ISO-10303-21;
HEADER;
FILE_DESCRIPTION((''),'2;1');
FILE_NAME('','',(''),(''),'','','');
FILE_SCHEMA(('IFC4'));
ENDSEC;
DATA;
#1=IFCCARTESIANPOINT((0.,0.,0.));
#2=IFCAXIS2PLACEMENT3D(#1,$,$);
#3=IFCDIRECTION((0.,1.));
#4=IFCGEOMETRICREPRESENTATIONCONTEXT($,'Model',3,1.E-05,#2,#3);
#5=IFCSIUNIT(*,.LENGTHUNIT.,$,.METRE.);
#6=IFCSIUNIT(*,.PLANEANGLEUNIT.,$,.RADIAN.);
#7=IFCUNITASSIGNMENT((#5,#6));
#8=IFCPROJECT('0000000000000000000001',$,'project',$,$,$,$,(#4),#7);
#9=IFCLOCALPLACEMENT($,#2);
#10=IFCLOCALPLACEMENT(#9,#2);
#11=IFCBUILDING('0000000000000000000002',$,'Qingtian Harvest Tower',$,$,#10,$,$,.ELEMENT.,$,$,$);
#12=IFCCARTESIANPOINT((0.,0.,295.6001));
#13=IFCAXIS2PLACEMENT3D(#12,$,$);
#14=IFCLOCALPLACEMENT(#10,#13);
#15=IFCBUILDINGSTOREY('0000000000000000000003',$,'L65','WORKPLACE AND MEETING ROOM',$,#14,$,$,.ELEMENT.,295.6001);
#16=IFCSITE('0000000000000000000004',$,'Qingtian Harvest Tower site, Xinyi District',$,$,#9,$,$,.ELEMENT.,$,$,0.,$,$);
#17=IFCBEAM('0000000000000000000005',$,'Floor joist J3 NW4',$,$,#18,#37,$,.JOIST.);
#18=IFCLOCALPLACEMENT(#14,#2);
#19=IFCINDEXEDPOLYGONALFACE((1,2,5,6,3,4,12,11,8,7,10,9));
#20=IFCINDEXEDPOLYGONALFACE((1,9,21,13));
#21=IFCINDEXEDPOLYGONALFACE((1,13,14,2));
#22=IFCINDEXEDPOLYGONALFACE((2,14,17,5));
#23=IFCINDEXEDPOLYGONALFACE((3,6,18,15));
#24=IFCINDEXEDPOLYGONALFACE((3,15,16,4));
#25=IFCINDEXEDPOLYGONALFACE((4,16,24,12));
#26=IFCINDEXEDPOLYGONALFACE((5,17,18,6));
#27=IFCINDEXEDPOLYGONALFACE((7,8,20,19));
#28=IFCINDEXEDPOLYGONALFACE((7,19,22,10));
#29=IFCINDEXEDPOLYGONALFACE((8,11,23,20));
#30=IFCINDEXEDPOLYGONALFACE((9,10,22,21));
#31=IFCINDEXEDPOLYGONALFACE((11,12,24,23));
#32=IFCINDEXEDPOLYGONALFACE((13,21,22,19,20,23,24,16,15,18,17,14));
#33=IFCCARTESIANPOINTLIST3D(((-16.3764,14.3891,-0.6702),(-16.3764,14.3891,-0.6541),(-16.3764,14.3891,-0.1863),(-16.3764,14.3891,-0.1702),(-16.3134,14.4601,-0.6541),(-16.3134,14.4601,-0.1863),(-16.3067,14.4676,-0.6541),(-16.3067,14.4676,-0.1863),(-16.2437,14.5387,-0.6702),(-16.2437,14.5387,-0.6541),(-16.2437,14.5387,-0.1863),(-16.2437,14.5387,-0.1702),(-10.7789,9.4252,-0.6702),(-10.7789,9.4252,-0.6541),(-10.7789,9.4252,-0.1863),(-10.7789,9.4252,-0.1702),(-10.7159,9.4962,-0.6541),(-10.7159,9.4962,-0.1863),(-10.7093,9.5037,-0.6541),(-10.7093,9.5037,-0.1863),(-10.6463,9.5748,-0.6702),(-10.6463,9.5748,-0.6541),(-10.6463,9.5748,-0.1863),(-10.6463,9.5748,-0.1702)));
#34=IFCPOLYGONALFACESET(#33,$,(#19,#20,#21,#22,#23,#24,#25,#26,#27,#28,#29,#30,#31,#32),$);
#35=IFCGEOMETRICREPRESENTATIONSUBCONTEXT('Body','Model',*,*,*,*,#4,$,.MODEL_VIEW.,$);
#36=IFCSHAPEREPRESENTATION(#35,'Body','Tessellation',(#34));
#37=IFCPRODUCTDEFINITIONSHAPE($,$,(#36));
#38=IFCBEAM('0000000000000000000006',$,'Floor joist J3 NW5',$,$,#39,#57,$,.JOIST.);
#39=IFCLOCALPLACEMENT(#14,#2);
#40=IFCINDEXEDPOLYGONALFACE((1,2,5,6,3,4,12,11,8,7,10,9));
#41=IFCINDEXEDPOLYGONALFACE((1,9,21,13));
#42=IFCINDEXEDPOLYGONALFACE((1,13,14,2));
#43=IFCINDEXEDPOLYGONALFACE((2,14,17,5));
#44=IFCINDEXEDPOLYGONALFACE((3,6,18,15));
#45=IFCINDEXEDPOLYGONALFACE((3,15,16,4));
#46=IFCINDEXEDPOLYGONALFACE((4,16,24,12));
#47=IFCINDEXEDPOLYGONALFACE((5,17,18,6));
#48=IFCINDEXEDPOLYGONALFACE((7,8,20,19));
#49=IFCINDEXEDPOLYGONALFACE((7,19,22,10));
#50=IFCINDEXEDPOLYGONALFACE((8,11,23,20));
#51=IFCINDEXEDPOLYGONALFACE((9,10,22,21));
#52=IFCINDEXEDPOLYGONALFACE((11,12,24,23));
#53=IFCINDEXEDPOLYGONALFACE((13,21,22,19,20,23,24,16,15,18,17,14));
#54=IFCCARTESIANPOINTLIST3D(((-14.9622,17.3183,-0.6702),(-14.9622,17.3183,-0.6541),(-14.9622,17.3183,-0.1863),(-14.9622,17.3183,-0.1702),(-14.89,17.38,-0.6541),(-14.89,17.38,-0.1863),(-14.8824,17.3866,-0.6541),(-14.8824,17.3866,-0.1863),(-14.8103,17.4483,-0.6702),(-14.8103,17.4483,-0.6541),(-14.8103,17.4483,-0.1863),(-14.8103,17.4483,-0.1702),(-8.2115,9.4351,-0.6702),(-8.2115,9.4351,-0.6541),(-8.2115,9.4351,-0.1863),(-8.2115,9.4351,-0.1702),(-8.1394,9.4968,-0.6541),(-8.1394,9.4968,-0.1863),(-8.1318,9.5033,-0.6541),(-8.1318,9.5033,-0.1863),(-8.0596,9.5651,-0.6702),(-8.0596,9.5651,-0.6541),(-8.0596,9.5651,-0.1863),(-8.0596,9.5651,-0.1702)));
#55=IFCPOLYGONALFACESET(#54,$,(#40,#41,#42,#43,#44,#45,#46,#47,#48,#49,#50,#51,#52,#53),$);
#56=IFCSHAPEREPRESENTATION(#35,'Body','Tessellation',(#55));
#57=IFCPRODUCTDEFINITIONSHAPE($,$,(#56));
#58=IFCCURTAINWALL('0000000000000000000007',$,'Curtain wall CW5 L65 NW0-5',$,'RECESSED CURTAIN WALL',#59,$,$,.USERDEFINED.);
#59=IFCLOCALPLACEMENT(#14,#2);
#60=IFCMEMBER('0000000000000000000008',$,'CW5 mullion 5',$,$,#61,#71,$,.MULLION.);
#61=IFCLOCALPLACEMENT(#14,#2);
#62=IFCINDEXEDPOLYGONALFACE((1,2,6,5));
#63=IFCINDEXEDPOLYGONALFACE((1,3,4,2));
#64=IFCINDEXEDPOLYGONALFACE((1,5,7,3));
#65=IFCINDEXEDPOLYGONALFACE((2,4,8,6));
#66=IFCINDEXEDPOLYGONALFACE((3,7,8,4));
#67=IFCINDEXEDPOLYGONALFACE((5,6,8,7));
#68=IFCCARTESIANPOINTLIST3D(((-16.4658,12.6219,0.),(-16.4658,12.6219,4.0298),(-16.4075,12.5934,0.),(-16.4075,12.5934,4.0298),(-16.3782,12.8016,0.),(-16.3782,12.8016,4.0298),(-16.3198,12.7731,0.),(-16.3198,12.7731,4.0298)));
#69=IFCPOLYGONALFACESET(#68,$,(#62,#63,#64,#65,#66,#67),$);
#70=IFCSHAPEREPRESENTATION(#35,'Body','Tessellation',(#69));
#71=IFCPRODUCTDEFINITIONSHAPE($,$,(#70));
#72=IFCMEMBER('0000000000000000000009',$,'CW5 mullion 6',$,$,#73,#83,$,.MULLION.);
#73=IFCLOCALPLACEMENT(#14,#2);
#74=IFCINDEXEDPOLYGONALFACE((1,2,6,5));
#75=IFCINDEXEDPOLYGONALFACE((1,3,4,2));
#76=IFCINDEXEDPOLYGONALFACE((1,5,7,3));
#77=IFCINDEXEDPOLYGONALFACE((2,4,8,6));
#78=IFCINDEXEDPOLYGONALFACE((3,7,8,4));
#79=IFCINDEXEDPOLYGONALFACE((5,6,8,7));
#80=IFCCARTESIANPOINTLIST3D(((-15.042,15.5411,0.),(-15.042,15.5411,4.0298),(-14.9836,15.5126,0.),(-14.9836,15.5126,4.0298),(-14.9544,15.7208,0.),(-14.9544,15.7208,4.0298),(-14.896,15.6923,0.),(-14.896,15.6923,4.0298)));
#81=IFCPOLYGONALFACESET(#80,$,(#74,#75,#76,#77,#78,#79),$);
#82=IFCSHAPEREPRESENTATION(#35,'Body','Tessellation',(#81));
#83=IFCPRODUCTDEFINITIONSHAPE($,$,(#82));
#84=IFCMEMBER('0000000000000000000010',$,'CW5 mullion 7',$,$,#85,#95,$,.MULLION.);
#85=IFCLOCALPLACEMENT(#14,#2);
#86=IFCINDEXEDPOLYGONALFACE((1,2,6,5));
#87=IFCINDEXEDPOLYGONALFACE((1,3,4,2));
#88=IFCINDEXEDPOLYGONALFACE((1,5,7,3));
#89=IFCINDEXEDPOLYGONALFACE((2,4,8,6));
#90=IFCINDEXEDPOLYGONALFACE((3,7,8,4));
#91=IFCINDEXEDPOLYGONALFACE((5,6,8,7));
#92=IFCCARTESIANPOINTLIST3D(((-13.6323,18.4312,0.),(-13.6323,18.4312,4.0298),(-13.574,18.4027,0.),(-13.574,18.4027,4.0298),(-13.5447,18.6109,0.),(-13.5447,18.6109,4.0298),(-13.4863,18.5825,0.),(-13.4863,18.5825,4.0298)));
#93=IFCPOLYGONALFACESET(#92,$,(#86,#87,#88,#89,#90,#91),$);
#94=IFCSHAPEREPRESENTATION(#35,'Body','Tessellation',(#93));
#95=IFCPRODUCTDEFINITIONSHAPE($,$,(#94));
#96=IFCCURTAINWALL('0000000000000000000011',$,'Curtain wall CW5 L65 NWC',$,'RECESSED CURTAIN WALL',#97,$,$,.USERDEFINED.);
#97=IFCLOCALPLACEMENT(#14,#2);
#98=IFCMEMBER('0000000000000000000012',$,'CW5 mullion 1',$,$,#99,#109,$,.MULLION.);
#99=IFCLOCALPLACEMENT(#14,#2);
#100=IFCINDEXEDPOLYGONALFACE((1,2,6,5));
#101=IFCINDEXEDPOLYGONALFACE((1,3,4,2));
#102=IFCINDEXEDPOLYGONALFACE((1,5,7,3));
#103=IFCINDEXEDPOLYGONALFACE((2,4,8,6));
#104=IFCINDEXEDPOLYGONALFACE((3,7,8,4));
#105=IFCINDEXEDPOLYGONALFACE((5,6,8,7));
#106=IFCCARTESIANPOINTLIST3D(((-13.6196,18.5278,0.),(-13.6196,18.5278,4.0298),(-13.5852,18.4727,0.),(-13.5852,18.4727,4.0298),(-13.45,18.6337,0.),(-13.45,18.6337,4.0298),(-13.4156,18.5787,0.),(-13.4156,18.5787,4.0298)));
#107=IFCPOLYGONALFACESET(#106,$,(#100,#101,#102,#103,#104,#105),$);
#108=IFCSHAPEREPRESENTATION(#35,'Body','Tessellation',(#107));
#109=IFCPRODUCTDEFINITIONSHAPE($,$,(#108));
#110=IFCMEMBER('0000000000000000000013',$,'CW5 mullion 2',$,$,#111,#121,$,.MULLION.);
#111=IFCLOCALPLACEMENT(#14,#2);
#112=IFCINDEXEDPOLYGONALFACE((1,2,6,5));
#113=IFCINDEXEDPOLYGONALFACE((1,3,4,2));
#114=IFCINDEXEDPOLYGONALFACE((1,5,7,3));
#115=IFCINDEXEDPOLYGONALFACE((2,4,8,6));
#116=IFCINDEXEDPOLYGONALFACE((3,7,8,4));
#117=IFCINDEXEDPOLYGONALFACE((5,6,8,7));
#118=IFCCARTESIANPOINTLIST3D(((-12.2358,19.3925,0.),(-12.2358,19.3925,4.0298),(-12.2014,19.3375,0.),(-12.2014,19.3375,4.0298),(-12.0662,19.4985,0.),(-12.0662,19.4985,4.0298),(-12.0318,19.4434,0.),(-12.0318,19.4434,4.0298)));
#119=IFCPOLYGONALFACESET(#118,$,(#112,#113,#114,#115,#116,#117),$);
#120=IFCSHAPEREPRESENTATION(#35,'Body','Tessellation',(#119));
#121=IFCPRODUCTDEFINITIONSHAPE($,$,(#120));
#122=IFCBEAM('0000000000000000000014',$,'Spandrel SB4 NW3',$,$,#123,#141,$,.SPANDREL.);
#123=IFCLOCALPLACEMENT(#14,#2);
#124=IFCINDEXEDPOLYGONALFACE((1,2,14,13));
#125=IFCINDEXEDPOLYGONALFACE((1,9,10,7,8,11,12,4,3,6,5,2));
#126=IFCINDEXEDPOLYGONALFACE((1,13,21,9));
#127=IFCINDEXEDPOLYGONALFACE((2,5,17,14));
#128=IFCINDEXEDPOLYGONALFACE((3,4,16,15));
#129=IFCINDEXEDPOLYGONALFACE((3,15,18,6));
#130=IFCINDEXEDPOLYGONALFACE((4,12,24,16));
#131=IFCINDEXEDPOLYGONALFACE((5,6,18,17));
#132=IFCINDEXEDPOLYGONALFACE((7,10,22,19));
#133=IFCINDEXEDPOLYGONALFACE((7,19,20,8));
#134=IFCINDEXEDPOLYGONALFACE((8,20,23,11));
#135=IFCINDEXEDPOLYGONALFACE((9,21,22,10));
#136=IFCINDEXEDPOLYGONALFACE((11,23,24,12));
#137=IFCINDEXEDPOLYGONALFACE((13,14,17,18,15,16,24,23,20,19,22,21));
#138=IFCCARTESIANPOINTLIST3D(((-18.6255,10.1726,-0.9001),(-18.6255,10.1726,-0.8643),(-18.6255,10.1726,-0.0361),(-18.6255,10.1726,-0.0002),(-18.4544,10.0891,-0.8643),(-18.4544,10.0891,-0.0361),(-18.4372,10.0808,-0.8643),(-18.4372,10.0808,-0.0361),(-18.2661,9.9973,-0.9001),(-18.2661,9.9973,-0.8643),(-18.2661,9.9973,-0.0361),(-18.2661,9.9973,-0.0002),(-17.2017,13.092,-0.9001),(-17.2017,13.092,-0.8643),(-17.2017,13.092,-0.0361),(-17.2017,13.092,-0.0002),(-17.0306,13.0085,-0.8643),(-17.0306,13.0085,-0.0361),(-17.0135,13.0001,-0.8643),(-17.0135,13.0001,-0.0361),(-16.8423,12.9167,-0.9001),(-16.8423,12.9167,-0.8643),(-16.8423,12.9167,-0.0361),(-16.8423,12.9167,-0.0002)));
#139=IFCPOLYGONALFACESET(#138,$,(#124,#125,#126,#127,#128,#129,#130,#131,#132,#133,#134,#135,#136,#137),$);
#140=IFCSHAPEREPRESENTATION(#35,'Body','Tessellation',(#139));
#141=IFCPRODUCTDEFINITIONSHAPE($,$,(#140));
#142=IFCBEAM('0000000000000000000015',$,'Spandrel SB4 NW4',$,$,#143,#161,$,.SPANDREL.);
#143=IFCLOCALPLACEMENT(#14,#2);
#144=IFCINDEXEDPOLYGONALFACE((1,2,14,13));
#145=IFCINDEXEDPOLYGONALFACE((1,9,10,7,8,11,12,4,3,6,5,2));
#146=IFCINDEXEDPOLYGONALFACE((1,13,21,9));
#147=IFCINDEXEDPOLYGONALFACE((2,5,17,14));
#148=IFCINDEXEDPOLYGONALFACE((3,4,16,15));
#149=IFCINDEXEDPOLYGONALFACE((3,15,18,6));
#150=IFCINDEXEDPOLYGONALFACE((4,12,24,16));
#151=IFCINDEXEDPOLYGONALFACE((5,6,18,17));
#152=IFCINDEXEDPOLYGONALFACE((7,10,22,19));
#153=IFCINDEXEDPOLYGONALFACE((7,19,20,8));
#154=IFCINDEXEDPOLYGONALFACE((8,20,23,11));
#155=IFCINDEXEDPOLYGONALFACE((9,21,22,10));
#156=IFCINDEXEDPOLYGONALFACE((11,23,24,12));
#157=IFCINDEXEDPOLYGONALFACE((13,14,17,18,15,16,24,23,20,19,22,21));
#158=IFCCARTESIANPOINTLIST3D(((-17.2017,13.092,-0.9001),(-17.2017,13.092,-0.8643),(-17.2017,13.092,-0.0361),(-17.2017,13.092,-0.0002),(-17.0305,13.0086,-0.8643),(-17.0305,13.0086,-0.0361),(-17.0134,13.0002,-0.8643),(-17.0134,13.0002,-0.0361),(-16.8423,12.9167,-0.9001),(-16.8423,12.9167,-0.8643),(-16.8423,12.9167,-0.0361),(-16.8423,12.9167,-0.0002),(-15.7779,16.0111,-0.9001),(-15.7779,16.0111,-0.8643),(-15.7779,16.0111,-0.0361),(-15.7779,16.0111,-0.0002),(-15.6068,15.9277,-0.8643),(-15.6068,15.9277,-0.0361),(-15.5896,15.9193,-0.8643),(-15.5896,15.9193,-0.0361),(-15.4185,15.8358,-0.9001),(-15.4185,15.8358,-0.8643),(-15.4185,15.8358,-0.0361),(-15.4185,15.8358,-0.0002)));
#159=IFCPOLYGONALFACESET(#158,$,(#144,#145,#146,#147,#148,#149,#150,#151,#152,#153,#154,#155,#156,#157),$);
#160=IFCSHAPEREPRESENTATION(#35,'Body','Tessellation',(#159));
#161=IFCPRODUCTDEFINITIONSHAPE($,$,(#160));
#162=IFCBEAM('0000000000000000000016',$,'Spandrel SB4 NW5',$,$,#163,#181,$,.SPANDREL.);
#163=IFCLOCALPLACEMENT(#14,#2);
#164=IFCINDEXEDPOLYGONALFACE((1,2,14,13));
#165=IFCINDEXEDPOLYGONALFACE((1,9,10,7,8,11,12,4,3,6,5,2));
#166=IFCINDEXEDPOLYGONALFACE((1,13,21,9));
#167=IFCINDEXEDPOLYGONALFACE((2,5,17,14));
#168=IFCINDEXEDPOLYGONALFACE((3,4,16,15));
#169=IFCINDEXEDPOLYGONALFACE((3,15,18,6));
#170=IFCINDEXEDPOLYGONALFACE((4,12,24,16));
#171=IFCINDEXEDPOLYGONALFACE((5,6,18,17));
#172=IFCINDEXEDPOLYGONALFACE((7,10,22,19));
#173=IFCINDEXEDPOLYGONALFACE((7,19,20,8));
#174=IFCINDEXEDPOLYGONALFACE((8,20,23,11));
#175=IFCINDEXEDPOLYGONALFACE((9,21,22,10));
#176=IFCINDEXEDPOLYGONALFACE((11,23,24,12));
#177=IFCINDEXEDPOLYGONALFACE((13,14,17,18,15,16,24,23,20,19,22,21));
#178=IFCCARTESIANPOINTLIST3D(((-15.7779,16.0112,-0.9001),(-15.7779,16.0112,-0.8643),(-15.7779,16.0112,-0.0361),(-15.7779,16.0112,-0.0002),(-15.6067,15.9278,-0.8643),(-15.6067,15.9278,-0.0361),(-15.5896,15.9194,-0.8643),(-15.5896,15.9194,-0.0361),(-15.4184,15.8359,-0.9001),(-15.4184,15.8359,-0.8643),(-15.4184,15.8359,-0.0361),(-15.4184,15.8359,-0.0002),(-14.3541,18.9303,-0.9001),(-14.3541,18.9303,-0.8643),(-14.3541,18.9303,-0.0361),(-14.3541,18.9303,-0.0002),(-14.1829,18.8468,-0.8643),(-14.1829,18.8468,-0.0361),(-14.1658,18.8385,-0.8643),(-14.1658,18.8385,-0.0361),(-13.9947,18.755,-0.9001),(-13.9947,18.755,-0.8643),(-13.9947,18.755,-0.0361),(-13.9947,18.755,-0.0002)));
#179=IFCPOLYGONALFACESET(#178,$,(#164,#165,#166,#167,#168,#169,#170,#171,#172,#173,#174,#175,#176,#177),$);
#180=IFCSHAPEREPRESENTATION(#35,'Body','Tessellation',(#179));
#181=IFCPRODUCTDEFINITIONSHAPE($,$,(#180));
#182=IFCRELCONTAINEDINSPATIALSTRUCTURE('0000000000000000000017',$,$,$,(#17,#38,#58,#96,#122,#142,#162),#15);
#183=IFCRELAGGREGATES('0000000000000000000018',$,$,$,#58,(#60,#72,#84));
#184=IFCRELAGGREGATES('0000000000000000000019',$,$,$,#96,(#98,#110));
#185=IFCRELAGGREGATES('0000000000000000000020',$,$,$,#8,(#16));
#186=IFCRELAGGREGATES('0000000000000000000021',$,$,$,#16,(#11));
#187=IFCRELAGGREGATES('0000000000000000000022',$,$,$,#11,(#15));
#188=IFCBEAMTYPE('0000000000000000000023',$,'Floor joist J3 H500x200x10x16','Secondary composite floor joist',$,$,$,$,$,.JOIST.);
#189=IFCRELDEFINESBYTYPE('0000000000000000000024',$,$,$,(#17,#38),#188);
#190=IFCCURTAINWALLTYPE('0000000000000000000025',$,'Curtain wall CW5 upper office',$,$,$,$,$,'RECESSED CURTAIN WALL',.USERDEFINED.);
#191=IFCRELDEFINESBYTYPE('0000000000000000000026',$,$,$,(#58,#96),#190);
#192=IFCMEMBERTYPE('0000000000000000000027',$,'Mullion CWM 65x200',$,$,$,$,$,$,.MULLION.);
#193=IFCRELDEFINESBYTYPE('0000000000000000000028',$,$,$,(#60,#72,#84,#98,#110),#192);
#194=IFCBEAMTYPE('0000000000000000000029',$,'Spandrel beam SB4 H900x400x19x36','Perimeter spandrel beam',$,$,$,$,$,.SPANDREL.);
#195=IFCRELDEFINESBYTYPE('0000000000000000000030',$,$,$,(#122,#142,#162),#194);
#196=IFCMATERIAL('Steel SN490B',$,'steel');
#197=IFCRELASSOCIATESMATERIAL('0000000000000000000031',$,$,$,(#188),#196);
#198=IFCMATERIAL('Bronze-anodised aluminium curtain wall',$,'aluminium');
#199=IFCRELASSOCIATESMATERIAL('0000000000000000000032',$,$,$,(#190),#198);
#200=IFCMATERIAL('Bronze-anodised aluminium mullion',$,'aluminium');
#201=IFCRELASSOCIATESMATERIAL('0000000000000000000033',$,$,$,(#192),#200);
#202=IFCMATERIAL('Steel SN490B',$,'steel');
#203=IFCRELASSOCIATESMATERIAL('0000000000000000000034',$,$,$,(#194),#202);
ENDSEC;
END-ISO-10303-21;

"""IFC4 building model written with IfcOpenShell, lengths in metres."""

from ifc_helpers import new_model, si_unit, direction, frame, origin, origin_2d, place, context, subcontext, project, spatial, rectangle, i_section, extrude, material, material_profile, profile_set, type_object, element, aggregate, save


model = new_model("IFC4")

# Units and contexts
model_context = context("Model", 3, precision=1e-05, world=origin(), true_north=direction((0.0, 1.0)))
body_context = subcontext(model_context, "Body", "Model", "MODEL_VIEW")
ifc_project = project(units=[si_unit("LENGTHUNIT", "METRE"), si_unit("PLANEANGLEUNIT", "RADIAN")], contexts=[model_context])

# Site, building, storey
site_placement = place(None, origin())
site = spatial("IfcSite", under=ifc_project, at=site_placement, Name="Qingtian Harvest Tower site, Xinyi District", CompositionType="ELEMENT", RefElevation=0.0)
building_placement = place(site_placement, origin())
building = spatial("IfcBuilding", under=site, at=building_placement, Name="Qingtian Harvest Tower", CompositionType="ELEMENT")
storey_placement = place(building_placement, frame((0.0, 0.0, 295.6001)))
storey = spatial("IfcBuildingStorey", under=building, at=storey_placement, Name="L65", Description="WORKPLACE AND MEETING ROOM", CompositionType="ELEMENT", Elevation=295.6001)

# Beams
ifc_material_1 = material(Name="Steel SN490B", Category="steel")
ifc_material_profile_1 = material_profile(ifc_material_1, i_section(OverallWidth=0.2, OverallDepth=0.5, WebThickness=0.01, FlangeThickness=0.0161, at=origin_2d()), Name="H500x200x10x16")
ifc_profile_set_1 = profile_set([ifc_material_profile_1], Name="Steel SN490B")
beam_type_1 = type_object("IfcBeamType", Name="Floor joist J3 H500x200x10x16", Description="Secondary composite floor joist", PredefinedType="JOIST", material=ifc_profile_set_1)
beam_1_placement = place(storey_placement, frame((-16.3101, 14.4639, -0.4202), z_axis=(0.748179, -0.663496, 0.0), x_axis=(0.663496, 0.748179, 0.0)))
element("IfcBeam", 1, at=beam_1_placement, inside=storey, type_object=beam_type_1, Name="Floor joist J3 NW4", PredefinedType="JOIST", context=body_context, shape_type="SweptSolid", body=[
    extrude(i_section(OverallWidth=0.2, OverallDepth=0.5, WebThickness=0.01, FlangeThickness=0.0161, at=origin_2d()), origin(), (0.0, 0.0, 1.0), 7.4814),
])
beam_2_placement = place(storey_placement, frame((-14.8862, 17.3833, -0.4202), z_axis=(0.650437, -0.75956, 0.0), x_axis=(0.75956, 0.650437, 0.0)))
element("IfcBeam", 2, at=beam_2_placement, inside=storey, type_object=beam_type_1, Name="Floor joist J3 NW5", PredefinedType="JOIST", context=body_context, shape_type="SweptSolid", body=[
    extrude(i_section(OverallWidth=0.2, OverallDepth=0.5, WebThickness=0.01, FlangeThickness=0.0161, at=origin_2d()), origin(), (0.0, 0.0, 1.0), 10.3787),
])

# Curtain walls, members
ifc_material_2 = material(Name="Bronze-anodised aluminium curtain wall", Category="aluminium")
curtain_wall_type = type_object("IfcCurtainWallType", Name="Curtain wall CW5 upper office", ElementType="RECESSED CURTAIN WALL", PredefinedType="USERDEFINED", material=ifc_material_2)
curtain_wall_1_placement = place(storey_placement, origin())
curtain_wall_1 = element("IfcCurtainWall", 3, at=curtain_wall_1_placement, inside=storey, type_object=curtain_wall_type, Name="Curtain wall CW5 L65 NW0-5", ObjectType="RECESSED CURTAIN WALL", PredefinedType="USERDEFINED")
ifc_material_3 = material(Name="Bronze-anodised aluminium mullion", Category="aluminium")
ifc_material_profile_2 = material_profile(ifc_material_3, rectangle(XDim=0.0649, YDim=0.2, at=origin_2d()), Name="AL 65x200")
ifc_profile_set_2 = profile_set([ifc_material_profile_2], Name="Bronze-anodised aluminium mullion")
member_type_1 = type_object("IfcMemberType", Name="Mullion CWM 65x200", PredefinedType="MULLION", material=ifc_profile_set_2)
member_1_placement = place(storey_placement, frame((-16.3928, 12.6975, 0.0), z_axis=(0.0, 0.0, 1.0), x_axis=(-0.898794, 0.438371, 0.0)))
member_1 = element("IfcMember", 4, at=member_1_placement, type_object=member_type_1, Name="CW5 mullion 5", PredefinedType="MULLION", context=body_context, shape_type="SweptSolid", body=[
    extrude(rectangle(XDim=0.0649, YDim=0.2, at=origin_2d()), origin(), (0.0, 0.0, 1.0), 4.0298),
])
member_2_placement = place(storey_placement, frame((-14.969, 15.6167, 0.0), z_axis=(0.0, 0.0, 1.0), x_axis=(-0.898794, 0.438371, 0.0)))
member_2 = element("IfcMember", 5, at=member_2_placement, type_object=member_type_1, Name="CW5 mullion 6", PredefinedType="MULLION", context=body_context, shape_type="SweptSolid", body=[
    extrude(rectangle(XDim=0.0649, YDim=0.2, at=origin_2d()), origin(), (0.0, 0.0, 1.0), 4.0298),
])
member_3_placement = place(storey_placement, frame((-13.5593, 18.5068, 0.0), z_axis=(0.0, 0.0, 1.0), x_axis=(-0.898794, 0.438371, 0.0)))
member_3 = element("IfcMember", 6, at=member_3_placement, type_object=member_type_1, Name="CW5 mullion 7", PredefinedType="MULLION", context=body_context, shape_type="SweptSolid", body=[
    extrude(rectangle(XDim=0.0649, YDim=0.2, at=origin_2d()), origin(), (0.0, 0.0, 1.0), 4.0298),
])
curtain_wall_2_placement = place(storey_placement, origin())
curtain_wall_2 = element("IfcCurtainWall", 7, at=curtain_wall_2_placement, inside=storey, type_object=curtain_wall_type, Name="Curtain wall CW5 L65 NWC", ObjectType="RECESSED CURTAIN WALL", PredefinedType="USERDEFINED")
member_4_placement = place(storey_placement, frame((-13.5176, 18.5532, 0.0), z_axis=(0.0, 0.0, 1.0), x_axis=(-0.529919, 0.848048, 0.0)))
member_4 = element("IfcMember", 8, at=member_4_placement, type_object=member_type_1, Name="CW5 mullion 1", PredefinedType="MULLION", context=body_context, shape_type="SweptSolid", body=[
    extrude(rectangle(XDim=0.0649, YDim=0.2, at=origin_2d()), origin(), (0.0, 0.0, 1.0), 4.0298),
])
member_5_placement = place(storey_placement, frame((-12.1338, 19.418, 0.0), z_axis=(0.0, 0.0, 1.0), x_axis=(-0.529919, 0.848048, 0.0)))
member_5 = element("IfcMember", 9, at=member_5_placement, type_object=member_type_1, Name="CW5 mullion 2", PredefinedType="MULLION", context=body_context, shape_type="SweptSolid", body=[
    extrude(rectangle(XDim=0.0649, YDim=0.2, at=origin_2d()), origin(), (0.0, 0.0, 1.0), 4.0298),
])

# Beams
ifc_material_4 = material(Name="Steel SN490B", Category="steel")
ifc_material_profile_3 = material_profile(ifc_material_4, i_section(OverallWidth=0.3999, OverallDepth=0.8999, WebThickness=0.019, FlangeThickness=0.0359, at=origin_2d()), Name="H900x400x19x36")
ifc_profile_set_3 = profile_set([ifc_material_profile_3], Name="Steel SN490B")
beam_type_2 = type_object("IfcBeamType", Name="Spandrel beam SB4 H900x400x19x36", Description="Perimeter spandrel beam", PredefinedType="SPANDREL", material=ifc_profile_set_3)
beam_3_placement = place(storey_placement, frame((-18.4458, 10.085, -0.4502), z_axis=(0.438353, 0.898803, 0.0), x_axis=(-0.898803, 0.438353, 0.0)))
element("IfcBeam", 10, at=beam_3_placement, inside=storey, type_object=beam_type_2, Name="Spandrel SB4 NW3", PredefinedType="SPANDREL", context=body_context, shape_type="SweptSolid", body=[
    extrude(i_section(OverallWidth=0.3999, OverallDepth=0.8999, WebThickness=0.019, FlangeThickness=0.0359, at=origin_2d()), origin(), (0.0, 0.0, 1.0), 3.248),
])
for number, where, z_axis, x_axis, name in (
    (11, (-17.022, 13.0044, -0.4502), (0.438382, 0.898789, 0.0), (-0.898789, 0.438382, 0.0), "Spandrel SB4 NW4"),
    (12, (-15.5981, 15.9236, -0.4502), (0.438382, 0.898789, 0.0), (-0.898789, 0.438382, 0.0), "Spandrel SB4 NW5"),
):
    element("IfcBeam", number, at=place(storey_placement, frame(where, z_axis=z_axis, x_axis=x_axis)), inside=storey, type_object=beam_type_2, Name=name, PredefinedType="SPANDREL", context=body_context, shape_type="SweptSolid", body=[
        extrude(i_section(OverallWidth=0.3999, OverallDepth=0.8999, WebThickness=0.019, FlangeThickness=0.0359, at=origin_2d()), origin(), (0.0, 0.0, 1.0), 3.2478),
    ])

aggregate(curtain_wall_1, [member_1, member_2, member_3])
aggregate(curtain_wall_2, [member_4, member_5])

save(model, "model.ifc")
